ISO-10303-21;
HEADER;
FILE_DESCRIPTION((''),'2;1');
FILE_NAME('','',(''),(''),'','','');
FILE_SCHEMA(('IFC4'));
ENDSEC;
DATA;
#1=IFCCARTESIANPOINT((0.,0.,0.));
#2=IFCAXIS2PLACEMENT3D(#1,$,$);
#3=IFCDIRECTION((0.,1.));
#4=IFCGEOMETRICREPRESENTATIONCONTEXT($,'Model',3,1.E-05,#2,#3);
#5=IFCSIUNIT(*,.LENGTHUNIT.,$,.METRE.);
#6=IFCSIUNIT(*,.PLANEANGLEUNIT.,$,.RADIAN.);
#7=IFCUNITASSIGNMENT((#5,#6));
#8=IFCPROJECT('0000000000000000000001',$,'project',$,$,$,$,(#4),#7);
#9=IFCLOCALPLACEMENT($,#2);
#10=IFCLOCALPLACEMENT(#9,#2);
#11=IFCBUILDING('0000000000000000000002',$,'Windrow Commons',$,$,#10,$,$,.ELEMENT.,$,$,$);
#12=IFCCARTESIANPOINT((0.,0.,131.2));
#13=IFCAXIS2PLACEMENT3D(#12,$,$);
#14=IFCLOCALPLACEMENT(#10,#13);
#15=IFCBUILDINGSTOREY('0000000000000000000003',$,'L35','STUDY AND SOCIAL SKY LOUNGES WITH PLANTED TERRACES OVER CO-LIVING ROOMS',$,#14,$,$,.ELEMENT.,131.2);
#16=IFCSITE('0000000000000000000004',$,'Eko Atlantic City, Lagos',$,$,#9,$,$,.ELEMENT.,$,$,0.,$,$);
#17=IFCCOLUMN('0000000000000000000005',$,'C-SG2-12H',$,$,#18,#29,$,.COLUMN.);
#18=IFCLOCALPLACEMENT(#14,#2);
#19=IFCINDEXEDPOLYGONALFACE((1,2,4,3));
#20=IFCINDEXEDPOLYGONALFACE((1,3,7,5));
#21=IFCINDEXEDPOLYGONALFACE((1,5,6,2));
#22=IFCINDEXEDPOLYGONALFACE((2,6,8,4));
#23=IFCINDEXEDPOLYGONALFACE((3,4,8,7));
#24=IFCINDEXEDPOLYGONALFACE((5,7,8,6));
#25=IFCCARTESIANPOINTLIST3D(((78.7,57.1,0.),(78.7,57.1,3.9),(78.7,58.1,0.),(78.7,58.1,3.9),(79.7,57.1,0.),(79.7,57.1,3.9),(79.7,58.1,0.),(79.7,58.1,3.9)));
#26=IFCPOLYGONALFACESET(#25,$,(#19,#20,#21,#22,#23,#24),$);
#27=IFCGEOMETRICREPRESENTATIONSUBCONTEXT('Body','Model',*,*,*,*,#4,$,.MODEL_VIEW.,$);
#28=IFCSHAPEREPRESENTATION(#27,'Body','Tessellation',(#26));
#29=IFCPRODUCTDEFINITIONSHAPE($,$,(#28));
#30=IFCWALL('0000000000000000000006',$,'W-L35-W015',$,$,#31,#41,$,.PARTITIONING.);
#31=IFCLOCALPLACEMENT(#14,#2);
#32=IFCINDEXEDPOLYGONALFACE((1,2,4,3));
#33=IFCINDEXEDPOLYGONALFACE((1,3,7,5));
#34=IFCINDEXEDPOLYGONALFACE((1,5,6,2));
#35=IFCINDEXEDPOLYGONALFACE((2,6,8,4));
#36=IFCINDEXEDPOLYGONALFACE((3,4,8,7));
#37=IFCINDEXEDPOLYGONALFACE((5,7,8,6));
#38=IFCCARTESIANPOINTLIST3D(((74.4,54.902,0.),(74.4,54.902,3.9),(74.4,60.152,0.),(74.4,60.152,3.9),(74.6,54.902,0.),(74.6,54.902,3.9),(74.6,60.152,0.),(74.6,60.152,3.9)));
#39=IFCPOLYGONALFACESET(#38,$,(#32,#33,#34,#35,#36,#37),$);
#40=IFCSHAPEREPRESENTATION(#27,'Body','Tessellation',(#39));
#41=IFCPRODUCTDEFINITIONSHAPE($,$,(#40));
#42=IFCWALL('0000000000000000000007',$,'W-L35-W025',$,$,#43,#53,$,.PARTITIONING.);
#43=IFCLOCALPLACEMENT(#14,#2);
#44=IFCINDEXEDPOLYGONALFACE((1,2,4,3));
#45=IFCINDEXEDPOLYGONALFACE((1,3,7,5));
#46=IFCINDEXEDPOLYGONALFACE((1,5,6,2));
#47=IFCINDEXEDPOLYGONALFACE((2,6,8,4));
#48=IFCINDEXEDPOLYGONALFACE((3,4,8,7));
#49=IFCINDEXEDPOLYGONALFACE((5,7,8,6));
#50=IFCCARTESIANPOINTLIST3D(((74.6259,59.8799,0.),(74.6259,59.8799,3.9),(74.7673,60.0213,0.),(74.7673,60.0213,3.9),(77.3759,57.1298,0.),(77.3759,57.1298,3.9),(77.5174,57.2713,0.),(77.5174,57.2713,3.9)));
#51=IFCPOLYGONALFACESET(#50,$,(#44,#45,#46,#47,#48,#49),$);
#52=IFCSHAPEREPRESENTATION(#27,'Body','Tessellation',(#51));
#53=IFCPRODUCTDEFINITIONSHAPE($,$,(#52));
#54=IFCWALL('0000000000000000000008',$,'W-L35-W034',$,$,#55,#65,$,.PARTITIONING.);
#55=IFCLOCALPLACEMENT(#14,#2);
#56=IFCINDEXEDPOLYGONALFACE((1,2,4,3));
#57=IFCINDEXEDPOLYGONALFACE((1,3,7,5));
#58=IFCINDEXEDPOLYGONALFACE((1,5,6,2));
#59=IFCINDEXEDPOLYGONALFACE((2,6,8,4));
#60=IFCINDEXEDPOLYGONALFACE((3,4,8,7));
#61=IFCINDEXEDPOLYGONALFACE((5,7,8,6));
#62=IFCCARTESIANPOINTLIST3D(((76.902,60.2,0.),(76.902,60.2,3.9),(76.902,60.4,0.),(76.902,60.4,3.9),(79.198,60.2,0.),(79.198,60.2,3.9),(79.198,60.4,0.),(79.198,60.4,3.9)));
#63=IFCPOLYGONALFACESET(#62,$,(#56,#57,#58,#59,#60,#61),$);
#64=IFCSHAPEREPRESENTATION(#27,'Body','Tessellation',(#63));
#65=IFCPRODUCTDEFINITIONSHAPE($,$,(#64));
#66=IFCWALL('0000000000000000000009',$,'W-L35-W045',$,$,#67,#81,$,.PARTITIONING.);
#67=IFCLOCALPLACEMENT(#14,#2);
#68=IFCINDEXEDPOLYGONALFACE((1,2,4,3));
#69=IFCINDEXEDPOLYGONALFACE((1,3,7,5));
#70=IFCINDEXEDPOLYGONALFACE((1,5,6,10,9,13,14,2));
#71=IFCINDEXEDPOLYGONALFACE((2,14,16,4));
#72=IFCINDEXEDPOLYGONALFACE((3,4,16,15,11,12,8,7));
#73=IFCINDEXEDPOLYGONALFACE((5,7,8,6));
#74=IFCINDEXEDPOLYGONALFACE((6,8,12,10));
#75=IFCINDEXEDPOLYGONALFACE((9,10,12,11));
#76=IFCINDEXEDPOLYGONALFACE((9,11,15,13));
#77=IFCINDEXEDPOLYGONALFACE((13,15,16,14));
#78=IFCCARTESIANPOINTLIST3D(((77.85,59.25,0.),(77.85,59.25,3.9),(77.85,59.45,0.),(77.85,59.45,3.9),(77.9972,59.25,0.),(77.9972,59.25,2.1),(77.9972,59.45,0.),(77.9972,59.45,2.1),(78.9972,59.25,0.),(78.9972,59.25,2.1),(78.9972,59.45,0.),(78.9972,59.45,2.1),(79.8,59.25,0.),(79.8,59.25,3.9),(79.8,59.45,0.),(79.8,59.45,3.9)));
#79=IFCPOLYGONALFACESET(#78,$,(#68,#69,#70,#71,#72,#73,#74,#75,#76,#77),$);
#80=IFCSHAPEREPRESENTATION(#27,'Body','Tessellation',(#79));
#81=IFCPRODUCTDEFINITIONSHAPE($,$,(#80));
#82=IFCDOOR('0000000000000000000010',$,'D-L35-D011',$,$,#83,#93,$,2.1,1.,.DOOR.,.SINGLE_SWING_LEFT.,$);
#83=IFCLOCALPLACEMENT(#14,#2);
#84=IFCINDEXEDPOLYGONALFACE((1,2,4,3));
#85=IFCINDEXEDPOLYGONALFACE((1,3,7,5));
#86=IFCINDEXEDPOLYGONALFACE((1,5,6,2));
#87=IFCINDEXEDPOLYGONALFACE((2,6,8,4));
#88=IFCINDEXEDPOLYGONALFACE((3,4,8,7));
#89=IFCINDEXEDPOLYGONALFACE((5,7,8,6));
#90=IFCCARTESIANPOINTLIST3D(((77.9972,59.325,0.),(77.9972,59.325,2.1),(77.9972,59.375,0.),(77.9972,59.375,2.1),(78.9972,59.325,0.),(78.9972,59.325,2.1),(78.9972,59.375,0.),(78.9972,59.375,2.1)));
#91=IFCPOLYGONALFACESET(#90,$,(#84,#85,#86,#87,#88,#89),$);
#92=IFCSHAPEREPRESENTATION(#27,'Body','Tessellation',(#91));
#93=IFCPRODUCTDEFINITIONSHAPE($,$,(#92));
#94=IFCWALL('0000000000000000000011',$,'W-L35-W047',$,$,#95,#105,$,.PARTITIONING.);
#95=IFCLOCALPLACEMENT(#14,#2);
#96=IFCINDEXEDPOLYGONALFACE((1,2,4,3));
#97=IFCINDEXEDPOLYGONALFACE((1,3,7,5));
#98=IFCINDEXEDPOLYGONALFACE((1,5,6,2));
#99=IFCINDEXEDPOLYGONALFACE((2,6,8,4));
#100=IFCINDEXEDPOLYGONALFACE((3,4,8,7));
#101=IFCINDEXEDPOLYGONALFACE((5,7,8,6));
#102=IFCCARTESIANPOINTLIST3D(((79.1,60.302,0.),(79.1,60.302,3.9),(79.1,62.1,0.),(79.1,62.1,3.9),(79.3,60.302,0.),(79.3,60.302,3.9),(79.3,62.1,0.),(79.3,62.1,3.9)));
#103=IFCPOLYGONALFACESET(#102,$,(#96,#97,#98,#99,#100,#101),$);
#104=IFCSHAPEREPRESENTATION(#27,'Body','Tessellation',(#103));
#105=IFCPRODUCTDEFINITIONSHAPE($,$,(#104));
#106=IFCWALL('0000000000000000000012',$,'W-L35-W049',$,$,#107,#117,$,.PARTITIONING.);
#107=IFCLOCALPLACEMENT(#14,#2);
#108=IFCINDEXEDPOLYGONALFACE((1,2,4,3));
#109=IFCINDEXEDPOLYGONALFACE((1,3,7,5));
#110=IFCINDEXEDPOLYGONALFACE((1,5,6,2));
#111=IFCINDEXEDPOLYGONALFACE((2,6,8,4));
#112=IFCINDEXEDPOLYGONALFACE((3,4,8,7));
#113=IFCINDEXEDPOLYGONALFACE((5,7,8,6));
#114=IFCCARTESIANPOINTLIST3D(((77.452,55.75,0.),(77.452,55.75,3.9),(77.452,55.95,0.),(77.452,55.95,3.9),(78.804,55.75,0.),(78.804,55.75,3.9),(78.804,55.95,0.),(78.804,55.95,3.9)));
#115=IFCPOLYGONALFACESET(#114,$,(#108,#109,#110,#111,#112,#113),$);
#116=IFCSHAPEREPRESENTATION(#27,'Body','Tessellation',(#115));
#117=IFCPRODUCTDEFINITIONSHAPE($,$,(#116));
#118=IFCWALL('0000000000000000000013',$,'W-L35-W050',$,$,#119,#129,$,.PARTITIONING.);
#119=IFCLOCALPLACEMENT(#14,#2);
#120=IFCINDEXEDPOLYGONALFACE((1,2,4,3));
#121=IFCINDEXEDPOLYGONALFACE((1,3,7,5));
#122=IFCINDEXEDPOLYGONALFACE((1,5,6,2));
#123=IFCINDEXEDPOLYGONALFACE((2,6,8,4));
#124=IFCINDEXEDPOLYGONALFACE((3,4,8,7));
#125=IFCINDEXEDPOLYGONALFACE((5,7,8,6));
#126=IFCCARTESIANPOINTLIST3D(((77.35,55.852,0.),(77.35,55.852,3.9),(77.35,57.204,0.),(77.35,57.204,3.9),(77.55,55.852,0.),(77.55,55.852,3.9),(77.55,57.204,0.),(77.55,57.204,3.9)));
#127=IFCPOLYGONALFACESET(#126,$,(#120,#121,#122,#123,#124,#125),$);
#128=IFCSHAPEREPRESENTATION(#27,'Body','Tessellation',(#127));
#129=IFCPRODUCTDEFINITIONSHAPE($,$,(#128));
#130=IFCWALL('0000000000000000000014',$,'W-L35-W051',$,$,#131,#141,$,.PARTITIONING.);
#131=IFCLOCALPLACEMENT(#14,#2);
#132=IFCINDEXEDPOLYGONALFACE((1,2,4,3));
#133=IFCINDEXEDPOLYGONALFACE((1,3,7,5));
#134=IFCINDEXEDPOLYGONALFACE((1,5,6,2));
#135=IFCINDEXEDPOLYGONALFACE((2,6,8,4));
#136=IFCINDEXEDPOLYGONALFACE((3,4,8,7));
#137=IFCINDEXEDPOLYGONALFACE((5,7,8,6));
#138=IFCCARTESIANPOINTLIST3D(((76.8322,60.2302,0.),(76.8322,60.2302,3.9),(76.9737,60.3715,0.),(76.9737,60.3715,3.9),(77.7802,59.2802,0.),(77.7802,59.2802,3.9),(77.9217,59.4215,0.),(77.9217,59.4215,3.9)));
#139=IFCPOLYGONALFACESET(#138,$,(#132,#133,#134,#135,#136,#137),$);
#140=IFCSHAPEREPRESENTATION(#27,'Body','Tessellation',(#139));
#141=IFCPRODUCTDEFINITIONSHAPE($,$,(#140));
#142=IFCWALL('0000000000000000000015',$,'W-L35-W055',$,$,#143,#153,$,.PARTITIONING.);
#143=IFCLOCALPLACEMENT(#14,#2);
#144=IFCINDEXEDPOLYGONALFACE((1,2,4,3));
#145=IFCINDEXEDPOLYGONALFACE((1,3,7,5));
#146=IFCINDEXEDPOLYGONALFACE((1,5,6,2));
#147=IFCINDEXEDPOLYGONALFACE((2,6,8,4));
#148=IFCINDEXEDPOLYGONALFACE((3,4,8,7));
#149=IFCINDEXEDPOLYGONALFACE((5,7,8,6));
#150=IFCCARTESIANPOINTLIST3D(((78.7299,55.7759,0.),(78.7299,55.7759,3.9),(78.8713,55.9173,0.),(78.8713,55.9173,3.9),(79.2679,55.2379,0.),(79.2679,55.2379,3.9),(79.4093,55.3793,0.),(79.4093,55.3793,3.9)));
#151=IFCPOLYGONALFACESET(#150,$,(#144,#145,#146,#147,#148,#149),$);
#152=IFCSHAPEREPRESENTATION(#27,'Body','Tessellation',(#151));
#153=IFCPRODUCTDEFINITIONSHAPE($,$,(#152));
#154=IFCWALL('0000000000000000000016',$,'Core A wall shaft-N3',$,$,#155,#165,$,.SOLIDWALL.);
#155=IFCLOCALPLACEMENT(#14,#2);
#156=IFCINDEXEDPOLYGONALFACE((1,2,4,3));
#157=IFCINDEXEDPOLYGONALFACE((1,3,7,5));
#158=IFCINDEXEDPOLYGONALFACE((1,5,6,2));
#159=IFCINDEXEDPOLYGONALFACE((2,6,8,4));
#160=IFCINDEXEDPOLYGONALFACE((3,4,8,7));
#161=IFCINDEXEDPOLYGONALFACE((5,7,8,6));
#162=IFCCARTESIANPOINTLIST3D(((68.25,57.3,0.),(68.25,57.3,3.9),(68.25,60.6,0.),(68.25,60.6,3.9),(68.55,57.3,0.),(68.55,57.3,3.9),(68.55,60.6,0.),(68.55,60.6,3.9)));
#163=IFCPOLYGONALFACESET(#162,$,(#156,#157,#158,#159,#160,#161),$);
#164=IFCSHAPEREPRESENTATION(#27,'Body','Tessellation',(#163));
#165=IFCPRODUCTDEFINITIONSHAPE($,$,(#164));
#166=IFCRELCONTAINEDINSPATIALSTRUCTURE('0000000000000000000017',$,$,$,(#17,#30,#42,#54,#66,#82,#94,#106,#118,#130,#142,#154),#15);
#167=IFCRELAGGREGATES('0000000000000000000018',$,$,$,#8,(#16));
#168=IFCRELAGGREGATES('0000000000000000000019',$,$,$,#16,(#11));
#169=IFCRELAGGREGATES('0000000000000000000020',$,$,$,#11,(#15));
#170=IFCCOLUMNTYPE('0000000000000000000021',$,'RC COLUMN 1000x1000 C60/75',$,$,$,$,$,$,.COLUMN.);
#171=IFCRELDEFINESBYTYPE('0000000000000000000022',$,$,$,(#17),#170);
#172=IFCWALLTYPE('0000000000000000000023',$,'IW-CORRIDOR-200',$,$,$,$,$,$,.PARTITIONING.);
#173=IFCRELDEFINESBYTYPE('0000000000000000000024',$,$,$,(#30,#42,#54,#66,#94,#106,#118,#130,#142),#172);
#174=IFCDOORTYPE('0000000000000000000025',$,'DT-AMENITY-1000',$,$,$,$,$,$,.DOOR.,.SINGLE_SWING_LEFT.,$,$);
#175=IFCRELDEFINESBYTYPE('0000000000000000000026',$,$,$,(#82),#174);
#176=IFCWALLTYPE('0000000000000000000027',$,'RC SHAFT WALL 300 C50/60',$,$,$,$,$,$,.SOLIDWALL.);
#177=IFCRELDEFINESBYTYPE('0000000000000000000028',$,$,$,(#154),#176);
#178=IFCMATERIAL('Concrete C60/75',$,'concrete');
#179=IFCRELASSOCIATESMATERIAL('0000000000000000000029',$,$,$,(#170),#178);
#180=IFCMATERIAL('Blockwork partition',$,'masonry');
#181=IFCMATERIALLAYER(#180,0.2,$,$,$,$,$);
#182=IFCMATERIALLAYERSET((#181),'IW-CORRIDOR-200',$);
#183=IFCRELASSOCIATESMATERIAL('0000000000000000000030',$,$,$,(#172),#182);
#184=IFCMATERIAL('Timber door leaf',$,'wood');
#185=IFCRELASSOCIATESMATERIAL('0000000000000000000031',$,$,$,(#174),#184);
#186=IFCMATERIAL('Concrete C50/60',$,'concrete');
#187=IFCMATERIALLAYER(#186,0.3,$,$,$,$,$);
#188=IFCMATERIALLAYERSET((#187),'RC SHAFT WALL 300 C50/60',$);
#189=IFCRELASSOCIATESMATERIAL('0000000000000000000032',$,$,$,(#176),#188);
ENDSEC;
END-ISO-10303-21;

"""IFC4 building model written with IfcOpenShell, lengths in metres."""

from ifc_helpers import new_model, si_unit, direction, frame, frame_2d, origin, origin_2d, place, context, subcontext, project, spatial, rectangle, extrude, material, layer, layer_set, material_profile, profile_set, type_object, element, fill, save


model = new_model("IFC4")

# Units and contexts
model_context = context("Model", 3, precision=1e-05, world=origin(), true_north=direction((0.0, 1.0)))
body_context = subcontext(model_context, "Body", "Model", "MODEL_VIEW")
ifc_project = project(units=[si_unit("LENGTHUNIT", "METRE"), si_unit("PLANEANGLEUNIT", "RADIAN")], contexts=[model_context])

# Site, building, storey
site_placement = place(None, origin())
site = spatial("IfcSite", under=ifc_project, at=site_placement, Name="Eko Atlantic City, Lagos", CompositionType="ELEMENT", RefElevation=0.0)
building_placement = place(site_placement, origin())
building = spatial("IfcBuilding", under=site, at=building_placement, Name="Windrow Commons", CompositionType="ELEMENT")
storey_placement = place(building_placement, frame((0.0, 0.0, 131.2)))
storey = spatial("IfcBuildingStorey", under=building, at=storey_placement, Name="L35", Description="STUDY AND SOCIAL SKY LOUNGES WITH PLANTED TERRACES OVER CO-LIVING ROOMS", CompositionType="ELEMENT", Elevation=131.2)

# Column
ifc_material_1 = material(Name="Concrete C60/75", Category="concrete")
ifc_material_profile = material_profile(ifc_material_1, rectangle(XDim=1.0, YDim=1.0, at=origin_2d()))
ifc_profile_set = profile_set([ifc_material_profile], Name="Concrete C60/75")
column_type = type_object("IfcColumnType", Name="RC COLUMN 1000x1000 C60/75", PredefinedType="COLUMN", material=ifc_profile_set)
column_placement = place(storey_placement, frame((79.2, 57.6, 0.0), z_axis=(0.0, 0.0, 1.0), x_axis=(1.0, 0.0, 0.0)))
element("IfcColumn", 1, at=column_placement, inside=storey, type_object=column_type, Name="C-SG2-12H", PredefinedType="COLUMN", context=body_context, shape_type="SweptSolid", body=[
    extrude(rectangle(XDim=1.0, YDim=1.0, at=origin_2d()), origin(), (0.0, 0.0, 1.0), 3.9),
])

# Walls
ifc_material_2 = material(Name="Blockwork partition", Category="masonry")
ifc_layer_1 = layer(ifc_material_2, 0.2)
ifc_layer_set_1 = layer_set([ifc_layer_1], Name="IW-CORRIDOR-200")
wall_type_1 = type_object("IfcWallType", Name="IW-CORRIDOR-200", PredefinedType="PARTITIONING", material=ifc_layer_set_1)
wall_1_placement = place(storey_placement, frame((74.5, 54.902, 0.0), z_axis=(0.0, 0.0, 1.0), x_axis=(0.0, 1.0, 0.0)))
element("IfcWall", 2, at=wall_1_placement, inside=storey, type_object=wall_type_1, Name="W-L35-W015", PredefinedType="PARTITIONING", context=body_context, shape_type="SweptSolid", body=[
    extrude(rectangle(XDim=5.25, YDim=0.2, at=frame_2d((2.625, 0.0))), origin(), (0.0, 0.0, 1.0), 3.9),
])
wall_2_placement = place(storey_placement, frame((74.6966, 59.9506, 0.0), z_axis=(0.0, 0.0, 1.0), x_axis=(0.707107, -0.707107, 0.0)))
element("IfcWall", 3, at=wall_2_placement, inside=storey, type_object=wall_type_1, Name="W-L35-W025", PredefinedType="PARTITIONING", context=body_context, shape_type="SweptSolid", body=[
    extrude(rectangle(XDim=3.8891, YDim=0.2, at=frame_2d((1.9446, 0.0))), origin(), (0.0, 0.0, 1.0), 3.9),
])
wall_3_placement = place(storey_placement, frame((76.902, 60.3, 0.0), z_axis=(0.0, 0.0, 1.0), x_axis=(1.0, 0.0, 0.0)))
element("IfcWall", 4, at=wall_3_placement, inside=storey, type_object=wall_type_1, Name="W-L35-W034", PredefinedType="PARTITIONING", context=body_context, shape_type="SweptSolid", body=[
    extrude(rectangle(XDim=2.296, YDim=0.2, at=frame_2d((1.148, 0.0))), origin(), (0.0, 0.0, 1.0), 3.9),
])

# Wall, opening, door
wall_4_placement = place(storey_placement, frame((77.85, 59.35, 0.0), z_axis=(0.0, 0.0, 1.0), x_axis=(1.0, 0.0, 0.0)))
wall_4 = element("IfcWall", 5, at=wall_4_placement, inside=storey, type_object=wall_type_1, Name="W-L35-W045", PredefinedType="PARTITIONING", context=body_context, shape_type="SweptSolid", body=[
    extrude(rectangle(XDim=1.95, YDim=0.2, at=frame_2d((0.975, 0.0))), origin(), (0.0, 0.0, 1.0), 3.9),
])
opening_placement = place(wall_4_placement, frame((0.1472, 0.0, 0.0)))
opening = element("IfcOpeningElement", 6, at=opening_placement, cuts=wall_4, PredefinedType="OPENING", context=body_context, shape_type="SweptSolid", body=[
    extrude(rectangle(XDim=1.0, YDim=2.1, at=frame_2d((0.5, 1.05))), frame((0.0, 0.11, 0.0), z_axis=(0.0, -1.0, 0.0), x_axis=(1.0, 0.0, 0.0)), (0.0, 0.0, 1.0), 0.22),
])
ifc_material_3 = material(Name="Timber door leaf", Category="wood")
door_type = type_object("IfcDoorType", Name="DT-AMENITY-1000", OperationType="SINGLE_SWING_LEFT", PredefinedType="DOOR", material=ifc_material_3)
door_placement = place(opening_placement, origin())
door = element("IfcDoor", 7, at=door_placement, inside=storey, type_object=door_type, Name="D-L35-D011", OperationType="SINGLE_SWING_LEFT", OverallHeight=2.1, OverallWidth=1.0, PredefinedType="DOOR", context=body_context, shape_type="SweptSolid", body=[
    extrude(rectangle(XDim=1.0, YDim=2.1, at=frame_2d((0.5, 1.05))), frame((0.0, 0.025, 0.0), z_axis=(0.0, -1.0, 0.0), x_axis=(1.0, 0.0, 0.0)), (0.0, 0.0, 1.0), 0.05),
])
fill(opening, door)

# Walls
wall_5_placement = place(storey_placement, frame((79.2, 60.302, 0.0), z_axis=(0.0, 0.0, 1.0), x_axis=(0.0, 1.0, 0.0)))
element("IfcWall", 8, at=wall_5_placement, inside=storey, type_object=wall_type_1, Name="W-L35-W047", PredefinedType="PARTITIONING", context=body_context, shape_type="SweptSolid", body=[
    extrude(rectangle(XDim=1.798, YDim=0.2, at=frame_2d((0.899, 0.0))), origin(), (0.0, 0.0, 1.0), 3.9),
])
for number, where, z_axis, x_axis, name in (
    (9, (77.452, 55.85, 0.0), (0.0, 0.0, 1.0), (1.0, 0.0, 0.0), "W-L35-W049"),
    (10, (77.45, 55.852, 0.0), (0.0, 0.0, 1.0), (0.0, 1.0, 0.0), "W-L35-W050"),
):
    element("IfcWall", number, at=place(storey_placement, frame(where, z_axis=z_axis, x_axis=x_axis)), inside=storey, type_object=wall_type_1, Name=name, PredefinedType="PARTITIONING", context=body_context, shape_type="SweptSolid", body=[
        extrude(rectangle(XDim=1.352, YDim=0.2, at=frame_2d((0.676, 0.0))), origin(), (0.0, 0.0, 1.0), 3.9),
    ])
wall_6_placement = place(storey_placement, frame((76.9029, 60.3009, 0.0), z_axis=(0.0, 0.0, 1.0), x_axis=(0.706361, -0.707851, 0.0)))
element("IfcWall", 11, at=wall_6_placement, inside=storey, type_object=wall_type_1, Name="W-L35-W051", PredefinedType="PARTITIONING", context=body_context, shape_type="SweptSolid", body=[
    extrude(rectangle(XDim=1.3421, YDim=0.2, at=frame_2d((0.6711, 0.0))), origin(), (0.0, 0.0, 1.0), 3.9),
])
wall_7_placement = place(storey_placement, frame((78.8006, 55.8466, 0.0), z_axis=(0.0, 0.0, 1.0), x_axis=(0.707107, -0.707107, 0.0)))
element("IfcWall", 12, at=wall_7_placement, inside=storey, type_object=wall_type_1, Name="W-L35-W055", PredefinedType="PARTITIONING", context=body_context, shape_type="SweptSolid", body=[
    extrude(rectangle(XDim=0.7608, YDim=0.2, at=frame_2d((0.3804, 0.0))), origin(), (0.0, 0.0, 1.0), 3.9),
])
ifc_material_4 = material(Name="Concrete C50/60", Category="concrete")
ifc_layer_2 = layer(ifc_material_4, 0.3)
ifc_layer_set_2 = layer_set([ifc_layer_2], Name="RC SHAFT WALL 300 C50/60")
wall_type_2 = type_object("IfcWallType", Name="RC SHAFT WALL 300 C50/60", PredefinedType="SOLIDWALL", material=ifc_layer_set_2)
wall_8_placement = place(storey_placement, frame((68.4, 57.3, 0.0), z_axis=(0.0, 0.0, 1.0), x_axis=(0.0, 1.0, 0.0)))
element("IfcWall", 13, at=wall_8_placement, inside=storey, type_object=wall_type_2, Name="Core A wall shaft-N3", PredefinedType="SOLIDWALL", context=body_context, shape_type="SweptSolid", body=[
    extrude(rectangle(XDim=3.3, YDim=0.3, at=frame_2d((1.65, 0.0))), origin(), (0.0, 0.0, 1.0), 3.9),
])

save(model, "model.ifc")
